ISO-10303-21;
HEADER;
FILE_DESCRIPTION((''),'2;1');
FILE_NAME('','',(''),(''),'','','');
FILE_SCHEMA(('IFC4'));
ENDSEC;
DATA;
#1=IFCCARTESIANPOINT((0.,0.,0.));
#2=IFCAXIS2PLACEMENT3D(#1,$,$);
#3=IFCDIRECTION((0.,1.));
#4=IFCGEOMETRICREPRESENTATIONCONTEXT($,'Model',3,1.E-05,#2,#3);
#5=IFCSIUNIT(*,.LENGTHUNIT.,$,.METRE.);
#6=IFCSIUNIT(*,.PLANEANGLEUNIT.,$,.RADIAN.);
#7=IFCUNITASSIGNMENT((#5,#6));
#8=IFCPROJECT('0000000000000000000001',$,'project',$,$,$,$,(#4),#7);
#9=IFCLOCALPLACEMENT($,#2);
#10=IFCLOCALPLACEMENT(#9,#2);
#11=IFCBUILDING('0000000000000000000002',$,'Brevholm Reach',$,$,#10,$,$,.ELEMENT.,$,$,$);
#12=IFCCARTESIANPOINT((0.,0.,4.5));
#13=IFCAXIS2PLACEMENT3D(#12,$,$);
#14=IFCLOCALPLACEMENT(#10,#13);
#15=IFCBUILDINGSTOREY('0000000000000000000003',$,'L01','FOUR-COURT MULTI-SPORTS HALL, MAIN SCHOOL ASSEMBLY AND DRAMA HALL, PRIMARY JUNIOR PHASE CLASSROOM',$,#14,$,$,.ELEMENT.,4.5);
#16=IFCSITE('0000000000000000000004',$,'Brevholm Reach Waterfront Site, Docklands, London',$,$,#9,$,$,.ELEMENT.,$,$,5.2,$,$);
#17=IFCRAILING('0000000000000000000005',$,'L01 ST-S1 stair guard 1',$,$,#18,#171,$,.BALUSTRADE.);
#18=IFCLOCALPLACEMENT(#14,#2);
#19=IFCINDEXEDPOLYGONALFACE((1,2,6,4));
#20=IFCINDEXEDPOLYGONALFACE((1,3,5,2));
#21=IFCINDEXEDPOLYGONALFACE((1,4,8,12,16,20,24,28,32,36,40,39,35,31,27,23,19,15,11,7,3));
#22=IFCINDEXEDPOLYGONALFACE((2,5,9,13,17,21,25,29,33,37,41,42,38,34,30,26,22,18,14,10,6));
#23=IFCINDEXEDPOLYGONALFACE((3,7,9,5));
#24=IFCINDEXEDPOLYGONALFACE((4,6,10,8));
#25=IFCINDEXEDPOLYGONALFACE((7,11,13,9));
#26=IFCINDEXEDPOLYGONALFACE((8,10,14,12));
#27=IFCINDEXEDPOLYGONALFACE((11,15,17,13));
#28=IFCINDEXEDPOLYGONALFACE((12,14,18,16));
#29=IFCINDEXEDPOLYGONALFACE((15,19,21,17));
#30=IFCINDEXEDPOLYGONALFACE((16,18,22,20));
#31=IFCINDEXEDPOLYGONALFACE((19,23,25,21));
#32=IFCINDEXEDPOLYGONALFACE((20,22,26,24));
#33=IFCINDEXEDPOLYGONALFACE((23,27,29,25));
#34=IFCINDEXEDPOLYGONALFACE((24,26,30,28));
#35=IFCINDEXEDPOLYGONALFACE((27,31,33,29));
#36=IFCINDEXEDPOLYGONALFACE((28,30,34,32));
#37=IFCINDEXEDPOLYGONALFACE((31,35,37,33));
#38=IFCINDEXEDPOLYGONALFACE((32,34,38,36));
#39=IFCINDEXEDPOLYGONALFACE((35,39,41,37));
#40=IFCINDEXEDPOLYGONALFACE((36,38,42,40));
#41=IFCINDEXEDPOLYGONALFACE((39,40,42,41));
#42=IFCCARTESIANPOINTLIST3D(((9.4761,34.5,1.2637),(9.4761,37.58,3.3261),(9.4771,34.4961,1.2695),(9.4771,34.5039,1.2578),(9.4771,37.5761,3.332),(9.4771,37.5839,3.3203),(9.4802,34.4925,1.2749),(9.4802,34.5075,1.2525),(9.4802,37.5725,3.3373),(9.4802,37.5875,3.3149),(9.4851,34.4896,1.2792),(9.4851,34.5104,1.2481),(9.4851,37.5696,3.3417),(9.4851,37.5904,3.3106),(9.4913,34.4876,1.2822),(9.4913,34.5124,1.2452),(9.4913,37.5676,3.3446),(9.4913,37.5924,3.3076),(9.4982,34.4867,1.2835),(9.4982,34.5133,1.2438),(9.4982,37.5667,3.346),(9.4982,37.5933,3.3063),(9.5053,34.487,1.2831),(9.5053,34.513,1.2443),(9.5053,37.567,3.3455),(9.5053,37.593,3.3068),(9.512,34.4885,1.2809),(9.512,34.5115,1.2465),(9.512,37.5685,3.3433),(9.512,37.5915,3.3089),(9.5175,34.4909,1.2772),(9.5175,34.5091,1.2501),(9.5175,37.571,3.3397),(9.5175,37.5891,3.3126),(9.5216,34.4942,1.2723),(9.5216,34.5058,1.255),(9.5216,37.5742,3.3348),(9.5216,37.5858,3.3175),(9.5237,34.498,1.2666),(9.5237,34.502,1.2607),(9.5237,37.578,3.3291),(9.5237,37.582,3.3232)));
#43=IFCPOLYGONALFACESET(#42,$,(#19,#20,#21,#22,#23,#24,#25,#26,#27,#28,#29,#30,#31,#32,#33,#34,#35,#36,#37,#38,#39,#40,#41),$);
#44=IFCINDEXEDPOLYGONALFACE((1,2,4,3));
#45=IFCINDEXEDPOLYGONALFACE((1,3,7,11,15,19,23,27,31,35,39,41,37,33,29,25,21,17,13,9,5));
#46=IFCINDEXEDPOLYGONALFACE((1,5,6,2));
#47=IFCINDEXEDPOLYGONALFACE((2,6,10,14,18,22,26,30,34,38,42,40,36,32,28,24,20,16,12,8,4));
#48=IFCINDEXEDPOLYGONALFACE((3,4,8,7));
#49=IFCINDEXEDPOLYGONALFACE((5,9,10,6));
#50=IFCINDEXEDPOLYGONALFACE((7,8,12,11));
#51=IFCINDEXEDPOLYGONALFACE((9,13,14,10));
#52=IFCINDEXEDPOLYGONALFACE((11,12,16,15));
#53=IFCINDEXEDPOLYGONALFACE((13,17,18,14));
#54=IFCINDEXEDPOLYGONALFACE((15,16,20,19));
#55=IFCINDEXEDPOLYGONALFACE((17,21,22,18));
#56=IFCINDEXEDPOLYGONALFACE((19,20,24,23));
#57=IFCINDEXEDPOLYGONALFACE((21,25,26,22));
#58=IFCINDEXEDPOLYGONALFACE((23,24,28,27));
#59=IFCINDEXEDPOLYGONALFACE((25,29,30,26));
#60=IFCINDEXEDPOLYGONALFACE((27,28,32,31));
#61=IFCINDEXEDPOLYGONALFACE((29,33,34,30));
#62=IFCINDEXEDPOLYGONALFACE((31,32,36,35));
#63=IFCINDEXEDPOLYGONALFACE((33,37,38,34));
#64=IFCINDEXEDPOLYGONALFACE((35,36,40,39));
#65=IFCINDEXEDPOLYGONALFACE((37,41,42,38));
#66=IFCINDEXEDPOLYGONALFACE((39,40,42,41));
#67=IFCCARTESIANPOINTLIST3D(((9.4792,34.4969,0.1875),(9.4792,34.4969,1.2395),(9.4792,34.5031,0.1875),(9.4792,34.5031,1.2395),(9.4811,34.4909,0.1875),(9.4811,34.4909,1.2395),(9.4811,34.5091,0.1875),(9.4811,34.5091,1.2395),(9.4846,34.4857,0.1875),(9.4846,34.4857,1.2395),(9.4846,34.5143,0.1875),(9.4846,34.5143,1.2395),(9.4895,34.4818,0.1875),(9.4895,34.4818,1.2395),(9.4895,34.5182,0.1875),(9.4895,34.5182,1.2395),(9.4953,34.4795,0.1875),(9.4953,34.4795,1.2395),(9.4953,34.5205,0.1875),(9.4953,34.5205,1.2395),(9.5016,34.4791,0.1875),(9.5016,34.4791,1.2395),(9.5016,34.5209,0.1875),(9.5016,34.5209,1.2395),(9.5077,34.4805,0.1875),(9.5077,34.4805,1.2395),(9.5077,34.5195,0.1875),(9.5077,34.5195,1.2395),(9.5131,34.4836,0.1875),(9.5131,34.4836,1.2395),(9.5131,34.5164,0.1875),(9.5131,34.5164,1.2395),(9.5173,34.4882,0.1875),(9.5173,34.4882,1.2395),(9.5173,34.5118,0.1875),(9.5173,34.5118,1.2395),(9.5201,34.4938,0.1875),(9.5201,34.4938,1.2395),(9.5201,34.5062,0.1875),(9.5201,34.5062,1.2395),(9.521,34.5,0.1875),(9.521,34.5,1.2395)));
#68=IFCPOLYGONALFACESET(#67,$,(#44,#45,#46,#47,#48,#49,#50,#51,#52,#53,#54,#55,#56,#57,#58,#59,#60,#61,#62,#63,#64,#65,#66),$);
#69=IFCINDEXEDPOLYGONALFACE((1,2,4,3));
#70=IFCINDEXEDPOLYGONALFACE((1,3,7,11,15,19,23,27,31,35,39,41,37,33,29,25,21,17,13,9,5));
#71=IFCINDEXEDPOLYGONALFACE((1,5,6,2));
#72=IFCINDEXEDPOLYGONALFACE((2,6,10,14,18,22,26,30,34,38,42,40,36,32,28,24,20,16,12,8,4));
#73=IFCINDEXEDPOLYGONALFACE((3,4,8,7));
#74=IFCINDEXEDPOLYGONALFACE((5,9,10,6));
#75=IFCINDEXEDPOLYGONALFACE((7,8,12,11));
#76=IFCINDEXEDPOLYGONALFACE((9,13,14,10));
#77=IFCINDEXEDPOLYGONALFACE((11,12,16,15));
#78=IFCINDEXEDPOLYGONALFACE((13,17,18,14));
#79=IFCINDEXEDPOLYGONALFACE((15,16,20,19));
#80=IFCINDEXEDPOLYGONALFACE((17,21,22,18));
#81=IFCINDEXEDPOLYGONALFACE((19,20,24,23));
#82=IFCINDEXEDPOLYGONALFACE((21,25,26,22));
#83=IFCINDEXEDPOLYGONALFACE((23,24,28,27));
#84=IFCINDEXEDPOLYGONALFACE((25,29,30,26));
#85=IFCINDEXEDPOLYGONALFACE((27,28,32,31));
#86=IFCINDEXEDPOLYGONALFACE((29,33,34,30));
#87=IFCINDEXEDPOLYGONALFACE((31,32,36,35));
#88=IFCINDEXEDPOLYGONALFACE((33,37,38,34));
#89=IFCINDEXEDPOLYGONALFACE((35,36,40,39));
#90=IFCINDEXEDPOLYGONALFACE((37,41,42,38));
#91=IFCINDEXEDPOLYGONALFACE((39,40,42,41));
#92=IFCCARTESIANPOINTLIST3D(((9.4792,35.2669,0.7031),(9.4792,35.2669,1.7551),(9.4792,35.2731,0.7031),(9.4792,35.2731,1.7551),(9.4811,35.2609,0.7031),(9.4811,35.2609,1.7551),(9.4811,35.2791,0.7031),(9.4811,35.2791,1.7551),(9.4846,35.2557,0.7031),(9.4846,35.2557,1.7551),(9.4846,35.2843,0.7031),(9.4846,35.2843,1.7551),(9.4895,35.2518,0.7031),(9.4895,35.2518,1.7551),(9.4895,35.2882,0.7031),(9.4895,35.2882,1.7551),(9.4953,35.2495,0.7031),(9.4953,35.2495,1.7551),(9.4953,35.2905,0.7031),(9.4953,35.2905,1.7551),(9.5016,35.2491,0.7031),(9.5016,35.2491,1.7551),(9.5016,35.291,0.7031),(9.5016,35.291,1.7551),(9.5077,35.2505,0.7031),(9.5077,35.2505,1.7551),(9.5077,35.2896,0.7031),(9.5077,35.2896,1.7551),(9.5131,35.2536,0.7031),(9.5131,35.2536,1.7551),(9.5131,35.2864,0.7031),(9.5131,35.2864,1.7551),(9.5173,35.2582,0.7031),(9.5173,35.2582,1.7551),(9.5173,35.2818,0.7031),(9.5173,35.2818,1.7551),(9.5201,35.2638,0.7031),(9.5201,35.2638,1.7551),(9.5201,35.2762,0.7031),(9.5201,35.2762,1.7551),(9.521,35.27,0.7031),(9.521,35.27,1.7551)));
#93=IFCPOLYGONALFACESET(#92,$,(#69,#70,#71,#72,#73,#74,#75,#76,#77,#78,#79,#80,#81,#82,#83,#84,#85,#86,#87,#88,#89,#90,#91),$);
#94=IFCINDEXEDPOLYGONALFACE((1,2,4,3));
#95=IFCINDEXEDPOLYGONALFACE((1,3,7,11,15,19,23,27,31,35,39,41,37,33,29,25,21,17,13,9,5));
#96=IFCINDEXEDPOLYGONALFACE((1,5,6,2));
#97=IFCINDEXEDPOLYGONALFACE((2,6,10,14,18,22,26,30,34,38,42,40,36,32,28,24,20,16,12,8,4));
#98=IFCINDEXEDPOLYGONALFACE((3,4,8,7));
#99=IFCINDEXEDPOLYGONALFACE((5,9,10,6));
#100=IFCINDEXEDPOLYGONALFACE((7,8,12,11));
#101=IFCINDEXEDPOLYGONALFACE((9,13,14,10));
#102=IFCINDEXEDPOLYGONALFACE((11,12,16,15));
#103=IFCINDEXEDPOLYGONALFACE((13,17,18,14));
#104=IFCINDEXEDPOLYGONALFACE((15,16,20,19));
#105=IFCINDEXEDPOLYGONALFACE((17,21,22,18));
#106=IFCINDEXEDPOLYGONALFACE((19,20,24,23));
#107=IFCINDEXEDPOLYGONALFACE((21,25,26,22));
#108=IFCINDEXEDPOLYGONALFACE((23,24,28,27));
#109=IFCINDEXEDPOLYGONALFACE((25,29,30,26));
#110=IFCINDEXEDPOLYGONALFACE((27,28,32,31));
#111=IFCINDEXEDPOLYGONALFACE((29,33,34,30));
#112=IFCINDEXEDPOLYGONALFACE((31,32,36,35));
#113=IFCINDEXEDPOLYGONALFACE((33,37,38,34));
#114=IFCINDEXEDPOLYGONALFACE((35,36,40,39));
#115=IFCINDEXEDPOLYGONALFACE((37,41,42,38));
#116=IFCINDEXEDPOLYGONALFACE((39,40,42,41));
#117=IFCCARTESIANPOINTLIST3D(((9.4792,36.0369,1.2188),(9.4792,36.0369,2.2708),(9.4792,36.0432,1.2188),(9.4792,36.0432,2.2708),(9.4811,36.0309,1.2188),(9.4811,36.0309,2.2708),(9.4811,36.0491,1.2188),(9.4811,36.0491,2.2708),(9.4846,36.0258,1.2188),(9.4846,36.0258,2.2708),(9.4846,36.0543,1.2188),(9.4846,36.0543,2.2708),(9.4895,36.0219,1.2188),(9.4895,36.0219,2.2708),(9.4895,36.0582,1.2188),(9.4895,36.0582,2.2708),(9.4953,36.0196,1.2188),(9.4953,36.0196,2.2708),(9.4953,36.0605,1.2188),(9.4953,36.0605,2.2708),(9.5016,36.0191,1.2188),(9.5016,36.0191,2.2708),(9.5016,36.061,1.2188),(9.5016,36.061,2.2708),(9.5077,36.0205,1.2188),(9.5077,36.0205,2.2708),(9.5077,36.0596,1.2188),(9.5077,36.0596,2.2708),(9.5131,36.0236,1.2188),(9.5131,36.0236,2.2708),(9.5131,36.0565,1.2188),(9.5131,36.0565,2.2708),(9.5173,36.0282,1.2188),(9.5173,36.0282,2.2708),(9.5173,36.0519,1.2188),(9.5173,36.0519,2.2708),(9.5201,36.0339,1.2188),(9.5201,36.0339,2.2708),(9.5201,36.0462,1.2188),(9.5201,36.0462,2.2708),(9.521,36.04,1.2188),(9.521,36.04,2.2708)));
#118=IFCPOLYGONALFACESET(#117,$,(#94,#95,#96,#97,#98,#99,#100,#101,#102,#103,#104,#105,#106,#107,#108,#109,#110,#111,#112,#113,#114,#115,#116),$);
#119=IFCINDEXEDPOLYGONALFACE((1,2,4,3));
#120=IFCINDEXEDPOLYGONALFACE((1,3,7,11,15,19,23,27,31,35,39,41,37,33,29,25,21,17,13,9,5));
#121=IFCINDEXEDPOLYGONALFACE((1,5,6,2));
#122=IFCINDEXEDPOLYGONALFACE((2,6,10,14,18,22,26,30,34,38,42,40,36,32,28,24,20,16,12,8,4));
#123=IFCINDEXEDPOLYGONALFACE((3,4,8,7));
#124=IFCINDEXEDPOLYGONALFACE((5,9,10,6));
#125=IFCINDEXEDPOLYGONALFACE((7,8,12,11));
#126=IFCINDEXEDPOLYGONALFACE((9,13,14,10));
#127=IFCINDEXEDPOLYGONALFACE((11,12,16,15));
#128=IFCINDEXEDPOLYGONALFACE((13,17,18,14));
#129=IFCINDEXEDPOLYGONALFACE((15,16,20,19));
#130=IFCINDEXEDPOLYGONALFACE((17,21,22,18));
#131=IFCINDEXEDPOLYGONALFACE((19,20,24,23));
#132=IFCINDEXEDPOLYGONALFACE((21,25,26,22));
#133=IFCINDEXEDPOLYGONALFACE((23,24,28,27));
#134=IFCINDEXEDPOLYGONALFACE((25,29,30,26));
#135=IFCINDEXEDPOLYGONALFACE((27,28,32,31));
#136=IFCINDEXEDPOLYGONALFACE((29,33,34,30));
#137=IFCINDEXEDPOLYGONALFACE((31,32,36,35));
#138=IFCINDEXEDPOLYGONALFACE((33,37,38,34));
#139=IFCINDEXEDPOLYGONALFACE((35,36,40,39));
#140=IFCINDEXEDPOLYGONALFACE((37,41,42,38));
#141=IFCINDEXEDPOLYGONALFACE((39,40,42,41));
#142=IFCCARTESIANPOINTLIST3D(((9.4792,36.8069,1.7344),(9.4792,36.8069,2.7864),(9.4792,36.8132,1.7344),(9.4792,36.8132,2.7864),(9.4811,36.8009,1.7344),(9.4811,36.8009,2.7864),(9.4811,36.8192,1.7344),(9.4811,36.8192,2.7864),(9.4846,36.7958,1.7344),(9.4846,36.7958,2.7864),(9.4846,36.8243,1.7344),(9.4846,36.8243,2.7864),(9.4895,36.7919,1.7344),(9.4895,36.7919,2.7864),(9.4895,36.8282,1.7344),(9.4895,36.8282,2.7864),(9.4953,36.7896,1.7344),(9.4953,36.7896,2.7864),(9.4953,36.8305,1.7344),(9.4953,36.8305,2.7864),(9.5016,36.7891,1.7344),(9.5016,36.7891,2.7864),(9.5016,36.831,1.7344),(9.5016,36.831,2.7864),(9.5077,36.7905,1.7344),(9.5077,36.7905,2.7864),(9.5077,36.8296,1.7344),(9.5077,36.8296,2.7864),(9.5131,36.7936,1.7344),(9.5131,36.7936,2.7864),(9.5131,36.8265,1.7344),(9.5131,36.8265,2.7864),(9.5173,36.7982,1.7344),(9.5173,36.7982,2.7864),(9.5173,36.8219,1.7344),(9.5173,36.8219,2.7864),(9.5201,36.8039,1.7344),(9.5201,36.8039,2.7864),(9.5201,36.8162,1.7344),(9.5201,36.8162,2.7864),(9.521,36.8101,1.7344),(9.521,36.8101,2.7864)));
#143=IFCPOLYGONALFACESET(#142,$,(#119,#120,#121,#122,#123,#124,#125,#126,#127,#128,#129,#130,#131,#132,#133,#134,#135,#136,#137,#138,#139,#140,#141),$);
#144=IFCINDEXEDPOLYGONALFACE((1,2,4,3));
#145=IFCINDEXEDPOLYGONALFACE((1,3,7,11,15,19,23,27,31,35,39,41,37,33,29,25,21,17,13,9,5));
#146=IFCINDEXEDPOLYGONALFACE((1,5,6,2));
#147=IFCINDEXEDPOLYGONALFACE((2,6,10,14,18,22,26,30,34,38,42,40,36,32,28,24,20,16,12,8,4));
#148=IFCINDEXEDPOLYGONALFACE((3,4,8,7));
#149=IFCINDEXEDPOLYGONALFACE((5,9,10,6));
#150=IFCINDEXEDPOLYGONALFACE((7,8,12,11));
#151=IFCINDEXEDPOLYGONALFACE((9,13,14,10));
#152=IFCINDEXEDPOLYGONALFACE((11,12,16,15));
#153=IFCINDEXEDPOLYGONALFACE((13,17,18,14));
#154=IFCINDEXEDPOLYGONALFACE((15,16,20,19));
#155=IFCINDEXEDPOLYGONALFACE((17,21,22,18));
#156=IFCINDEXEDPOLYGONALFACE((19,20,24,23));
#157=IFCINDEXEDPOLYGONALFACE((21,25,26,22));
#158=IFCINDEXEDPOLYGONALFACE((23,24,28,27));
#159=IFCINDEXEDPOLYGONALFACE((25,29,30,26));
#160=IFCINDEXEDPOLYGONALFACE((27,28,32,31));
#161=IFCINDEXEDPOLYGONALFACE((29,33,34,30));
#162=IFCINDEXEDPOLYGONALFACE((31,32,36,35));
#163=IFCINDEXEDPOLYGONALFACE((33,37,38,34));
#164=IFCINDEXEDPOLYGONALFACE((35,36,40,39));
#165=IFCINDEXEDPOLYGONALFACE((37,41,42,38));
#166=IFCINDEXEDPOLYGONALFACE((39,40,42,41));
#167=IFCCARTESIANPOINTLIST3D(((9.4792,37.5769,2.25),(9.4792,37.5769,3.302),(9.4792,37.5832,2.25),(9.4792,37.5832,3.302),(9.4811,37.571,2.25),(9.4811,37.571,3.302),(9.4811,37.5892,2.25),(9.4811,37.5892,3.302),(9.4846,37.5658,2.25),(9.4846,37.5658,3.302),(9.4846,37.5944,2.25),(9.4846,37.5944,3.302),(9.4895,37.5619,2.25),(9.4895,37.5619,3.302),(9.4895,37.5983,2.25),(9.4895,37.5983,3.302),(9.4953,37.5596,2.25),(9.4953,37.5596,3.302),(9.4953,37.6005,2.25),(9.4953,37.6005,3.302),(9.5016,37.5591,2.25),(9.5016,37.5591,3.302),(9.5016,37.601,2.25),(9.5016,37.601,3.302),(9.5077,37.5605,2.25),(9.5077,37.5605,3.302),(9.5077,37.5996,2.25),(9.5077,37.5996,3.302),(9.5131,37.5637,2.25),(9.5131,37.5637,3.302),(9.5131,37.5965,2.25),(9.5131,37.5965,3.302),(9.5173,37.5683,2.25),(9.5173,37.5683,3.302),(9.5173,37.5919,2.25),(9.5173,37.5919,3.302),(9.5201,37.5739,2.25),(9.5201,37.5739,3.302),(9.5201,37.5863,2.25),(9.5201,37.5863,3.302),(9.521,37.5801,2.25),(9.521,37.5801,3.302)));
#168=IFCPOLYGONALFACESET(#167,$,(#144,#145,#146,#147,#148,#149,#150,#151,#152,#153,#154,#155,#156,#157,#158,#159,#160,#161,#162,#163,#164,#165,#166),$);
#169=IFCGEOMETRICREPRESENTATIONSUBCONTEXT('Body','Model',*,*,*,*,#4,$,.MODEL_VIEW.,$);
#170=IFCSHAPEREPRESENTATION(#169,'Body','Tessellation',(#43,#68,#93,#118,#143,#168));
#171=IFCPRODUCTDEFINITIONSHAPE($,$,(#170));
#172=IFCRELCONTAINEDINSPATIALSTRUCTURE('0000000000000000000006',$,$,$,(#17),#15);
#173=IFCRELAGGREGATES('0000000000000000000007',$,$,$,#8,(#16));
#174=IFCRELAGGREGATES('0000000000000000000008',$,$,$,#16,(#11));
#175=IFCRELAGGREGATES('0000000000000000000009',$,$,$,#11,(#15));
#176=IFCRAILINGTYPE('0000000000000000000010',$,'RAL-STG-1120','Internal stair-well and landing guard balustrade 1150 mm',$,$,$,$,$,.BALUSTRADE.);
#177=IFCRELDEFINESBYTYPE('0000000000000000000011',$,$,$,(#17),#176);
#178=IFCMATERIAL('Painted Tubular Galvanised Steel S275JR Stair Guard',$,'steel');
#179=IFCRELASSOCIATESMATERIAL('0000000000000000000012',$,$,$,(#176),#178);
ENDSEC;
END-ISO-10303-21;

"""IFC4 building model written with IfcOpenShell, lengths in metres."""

from ifc_helpers import new_model, si_unit, direction, frame, origin, origin_2d, place, context, subcontext, project, spatial, circle, extrude, material, type_object, element, save


model = new_model("IFC4")

# Units and contexts
model_context = context("Model", 3, precision=1e-05, world=origin(), true_north=direction((0.0, 1.0)))
body_context = subcontext(model_context, "Body", "Model", "MODEL_VIEW")
ifc_project = project(units=[si_unit("LENGTHUNIT", "METRE"), si_unit("PLANEANGLEUNIT", "RADIAN")], contexts=[model_context])

# Site, building, storey
site_placement = place(None, origin())
site = spatial("IfcSite", under=ifc_project, at=site_placement, Name="Brevholm Reach Waterfront Site, Docklands, London", CompositionType="ELEMENT", RefElevation=5.2)
building_placement = place(site_placement, origin())
building = spatial("IfcBuilding", under=site, at=building_placement, Name="Brevholm Reach", CompositionType="ELEMENT")
storey_placement = place(building_placement, frame((0.0, 0.0, 4.5)))
storey = spatial("IfcBuildingStorey", under=building, at=storey_placement, Name="L01", Description="FOUR-COURT MULTI-SPORTS HALL, MAIN SCHOOL ASSEMBLY AND DRAMA HALL, PRIMARY JUNIOR PHASE CLASSROOM", CompositionType="ELEMENT", Elevation=4.5)

# Railing
ifc_material_1 = material(Name="Painted Tubular Galvanised Steel S275JR Stair Guard", Category="steel")
railing_type_1 = type_object("IfcRailingType", Name="RAL-STG-1120", Description="Internal stair-well and landing guard balustrade 1150 mm", PredefinedType="BALUSTRADE", material=ifc_material_1)
railing_1_placement = place(storey_placement, frame((9.5, 34.5, 0.1875)))
element("IfcRailing", 1, at=railing_1_placement, inside=storey, type_object=railing_type_1, Name="L01 ST-S1 stair guard 1", PredefinedType="BALUSTRADE", context=body_context, shape_type="SweptSolid", body=[
    extrude(circle(Radius=0.0239, at=origin_2d()), frame((0.0, 0.0, 1.0762), z_axis=(0.0, 0.830914, 0.556401), x_axis=(-1.0, 0.0, 0.0)), (0.0, 0.0, 1.0), 3.7068),
    extrude(circle(Radius=0.021, at=origin_2d()), origin(), (0.0, 0.0, 1.0), 1.052),
    extrude(circle(Radius=0.021, at=origin_2d()), frame((0.0, 0.77, 0.5156)), (0.0, 0.0, 1.0), 1.052),
    extrude(circle(Radius=0.021, at=origin_2d()), frame((0.0, 1.54, 1.0312)), (0.0, 0.0, 1.0), 1.052),
    extrude(circle(Radius=0.021, at=origin_2d()), frame((0.0, 2.3101, 1.5469)), (0.0, 0.0, 1.0), 1.052),
    extrude(circle(Radius=0.021, at=origin_2d()), frame((0.0, 3.0801, 2.0625)), (0.0, 0.0, 1.0), 1.052),
])

save(model, "model.ifc")
